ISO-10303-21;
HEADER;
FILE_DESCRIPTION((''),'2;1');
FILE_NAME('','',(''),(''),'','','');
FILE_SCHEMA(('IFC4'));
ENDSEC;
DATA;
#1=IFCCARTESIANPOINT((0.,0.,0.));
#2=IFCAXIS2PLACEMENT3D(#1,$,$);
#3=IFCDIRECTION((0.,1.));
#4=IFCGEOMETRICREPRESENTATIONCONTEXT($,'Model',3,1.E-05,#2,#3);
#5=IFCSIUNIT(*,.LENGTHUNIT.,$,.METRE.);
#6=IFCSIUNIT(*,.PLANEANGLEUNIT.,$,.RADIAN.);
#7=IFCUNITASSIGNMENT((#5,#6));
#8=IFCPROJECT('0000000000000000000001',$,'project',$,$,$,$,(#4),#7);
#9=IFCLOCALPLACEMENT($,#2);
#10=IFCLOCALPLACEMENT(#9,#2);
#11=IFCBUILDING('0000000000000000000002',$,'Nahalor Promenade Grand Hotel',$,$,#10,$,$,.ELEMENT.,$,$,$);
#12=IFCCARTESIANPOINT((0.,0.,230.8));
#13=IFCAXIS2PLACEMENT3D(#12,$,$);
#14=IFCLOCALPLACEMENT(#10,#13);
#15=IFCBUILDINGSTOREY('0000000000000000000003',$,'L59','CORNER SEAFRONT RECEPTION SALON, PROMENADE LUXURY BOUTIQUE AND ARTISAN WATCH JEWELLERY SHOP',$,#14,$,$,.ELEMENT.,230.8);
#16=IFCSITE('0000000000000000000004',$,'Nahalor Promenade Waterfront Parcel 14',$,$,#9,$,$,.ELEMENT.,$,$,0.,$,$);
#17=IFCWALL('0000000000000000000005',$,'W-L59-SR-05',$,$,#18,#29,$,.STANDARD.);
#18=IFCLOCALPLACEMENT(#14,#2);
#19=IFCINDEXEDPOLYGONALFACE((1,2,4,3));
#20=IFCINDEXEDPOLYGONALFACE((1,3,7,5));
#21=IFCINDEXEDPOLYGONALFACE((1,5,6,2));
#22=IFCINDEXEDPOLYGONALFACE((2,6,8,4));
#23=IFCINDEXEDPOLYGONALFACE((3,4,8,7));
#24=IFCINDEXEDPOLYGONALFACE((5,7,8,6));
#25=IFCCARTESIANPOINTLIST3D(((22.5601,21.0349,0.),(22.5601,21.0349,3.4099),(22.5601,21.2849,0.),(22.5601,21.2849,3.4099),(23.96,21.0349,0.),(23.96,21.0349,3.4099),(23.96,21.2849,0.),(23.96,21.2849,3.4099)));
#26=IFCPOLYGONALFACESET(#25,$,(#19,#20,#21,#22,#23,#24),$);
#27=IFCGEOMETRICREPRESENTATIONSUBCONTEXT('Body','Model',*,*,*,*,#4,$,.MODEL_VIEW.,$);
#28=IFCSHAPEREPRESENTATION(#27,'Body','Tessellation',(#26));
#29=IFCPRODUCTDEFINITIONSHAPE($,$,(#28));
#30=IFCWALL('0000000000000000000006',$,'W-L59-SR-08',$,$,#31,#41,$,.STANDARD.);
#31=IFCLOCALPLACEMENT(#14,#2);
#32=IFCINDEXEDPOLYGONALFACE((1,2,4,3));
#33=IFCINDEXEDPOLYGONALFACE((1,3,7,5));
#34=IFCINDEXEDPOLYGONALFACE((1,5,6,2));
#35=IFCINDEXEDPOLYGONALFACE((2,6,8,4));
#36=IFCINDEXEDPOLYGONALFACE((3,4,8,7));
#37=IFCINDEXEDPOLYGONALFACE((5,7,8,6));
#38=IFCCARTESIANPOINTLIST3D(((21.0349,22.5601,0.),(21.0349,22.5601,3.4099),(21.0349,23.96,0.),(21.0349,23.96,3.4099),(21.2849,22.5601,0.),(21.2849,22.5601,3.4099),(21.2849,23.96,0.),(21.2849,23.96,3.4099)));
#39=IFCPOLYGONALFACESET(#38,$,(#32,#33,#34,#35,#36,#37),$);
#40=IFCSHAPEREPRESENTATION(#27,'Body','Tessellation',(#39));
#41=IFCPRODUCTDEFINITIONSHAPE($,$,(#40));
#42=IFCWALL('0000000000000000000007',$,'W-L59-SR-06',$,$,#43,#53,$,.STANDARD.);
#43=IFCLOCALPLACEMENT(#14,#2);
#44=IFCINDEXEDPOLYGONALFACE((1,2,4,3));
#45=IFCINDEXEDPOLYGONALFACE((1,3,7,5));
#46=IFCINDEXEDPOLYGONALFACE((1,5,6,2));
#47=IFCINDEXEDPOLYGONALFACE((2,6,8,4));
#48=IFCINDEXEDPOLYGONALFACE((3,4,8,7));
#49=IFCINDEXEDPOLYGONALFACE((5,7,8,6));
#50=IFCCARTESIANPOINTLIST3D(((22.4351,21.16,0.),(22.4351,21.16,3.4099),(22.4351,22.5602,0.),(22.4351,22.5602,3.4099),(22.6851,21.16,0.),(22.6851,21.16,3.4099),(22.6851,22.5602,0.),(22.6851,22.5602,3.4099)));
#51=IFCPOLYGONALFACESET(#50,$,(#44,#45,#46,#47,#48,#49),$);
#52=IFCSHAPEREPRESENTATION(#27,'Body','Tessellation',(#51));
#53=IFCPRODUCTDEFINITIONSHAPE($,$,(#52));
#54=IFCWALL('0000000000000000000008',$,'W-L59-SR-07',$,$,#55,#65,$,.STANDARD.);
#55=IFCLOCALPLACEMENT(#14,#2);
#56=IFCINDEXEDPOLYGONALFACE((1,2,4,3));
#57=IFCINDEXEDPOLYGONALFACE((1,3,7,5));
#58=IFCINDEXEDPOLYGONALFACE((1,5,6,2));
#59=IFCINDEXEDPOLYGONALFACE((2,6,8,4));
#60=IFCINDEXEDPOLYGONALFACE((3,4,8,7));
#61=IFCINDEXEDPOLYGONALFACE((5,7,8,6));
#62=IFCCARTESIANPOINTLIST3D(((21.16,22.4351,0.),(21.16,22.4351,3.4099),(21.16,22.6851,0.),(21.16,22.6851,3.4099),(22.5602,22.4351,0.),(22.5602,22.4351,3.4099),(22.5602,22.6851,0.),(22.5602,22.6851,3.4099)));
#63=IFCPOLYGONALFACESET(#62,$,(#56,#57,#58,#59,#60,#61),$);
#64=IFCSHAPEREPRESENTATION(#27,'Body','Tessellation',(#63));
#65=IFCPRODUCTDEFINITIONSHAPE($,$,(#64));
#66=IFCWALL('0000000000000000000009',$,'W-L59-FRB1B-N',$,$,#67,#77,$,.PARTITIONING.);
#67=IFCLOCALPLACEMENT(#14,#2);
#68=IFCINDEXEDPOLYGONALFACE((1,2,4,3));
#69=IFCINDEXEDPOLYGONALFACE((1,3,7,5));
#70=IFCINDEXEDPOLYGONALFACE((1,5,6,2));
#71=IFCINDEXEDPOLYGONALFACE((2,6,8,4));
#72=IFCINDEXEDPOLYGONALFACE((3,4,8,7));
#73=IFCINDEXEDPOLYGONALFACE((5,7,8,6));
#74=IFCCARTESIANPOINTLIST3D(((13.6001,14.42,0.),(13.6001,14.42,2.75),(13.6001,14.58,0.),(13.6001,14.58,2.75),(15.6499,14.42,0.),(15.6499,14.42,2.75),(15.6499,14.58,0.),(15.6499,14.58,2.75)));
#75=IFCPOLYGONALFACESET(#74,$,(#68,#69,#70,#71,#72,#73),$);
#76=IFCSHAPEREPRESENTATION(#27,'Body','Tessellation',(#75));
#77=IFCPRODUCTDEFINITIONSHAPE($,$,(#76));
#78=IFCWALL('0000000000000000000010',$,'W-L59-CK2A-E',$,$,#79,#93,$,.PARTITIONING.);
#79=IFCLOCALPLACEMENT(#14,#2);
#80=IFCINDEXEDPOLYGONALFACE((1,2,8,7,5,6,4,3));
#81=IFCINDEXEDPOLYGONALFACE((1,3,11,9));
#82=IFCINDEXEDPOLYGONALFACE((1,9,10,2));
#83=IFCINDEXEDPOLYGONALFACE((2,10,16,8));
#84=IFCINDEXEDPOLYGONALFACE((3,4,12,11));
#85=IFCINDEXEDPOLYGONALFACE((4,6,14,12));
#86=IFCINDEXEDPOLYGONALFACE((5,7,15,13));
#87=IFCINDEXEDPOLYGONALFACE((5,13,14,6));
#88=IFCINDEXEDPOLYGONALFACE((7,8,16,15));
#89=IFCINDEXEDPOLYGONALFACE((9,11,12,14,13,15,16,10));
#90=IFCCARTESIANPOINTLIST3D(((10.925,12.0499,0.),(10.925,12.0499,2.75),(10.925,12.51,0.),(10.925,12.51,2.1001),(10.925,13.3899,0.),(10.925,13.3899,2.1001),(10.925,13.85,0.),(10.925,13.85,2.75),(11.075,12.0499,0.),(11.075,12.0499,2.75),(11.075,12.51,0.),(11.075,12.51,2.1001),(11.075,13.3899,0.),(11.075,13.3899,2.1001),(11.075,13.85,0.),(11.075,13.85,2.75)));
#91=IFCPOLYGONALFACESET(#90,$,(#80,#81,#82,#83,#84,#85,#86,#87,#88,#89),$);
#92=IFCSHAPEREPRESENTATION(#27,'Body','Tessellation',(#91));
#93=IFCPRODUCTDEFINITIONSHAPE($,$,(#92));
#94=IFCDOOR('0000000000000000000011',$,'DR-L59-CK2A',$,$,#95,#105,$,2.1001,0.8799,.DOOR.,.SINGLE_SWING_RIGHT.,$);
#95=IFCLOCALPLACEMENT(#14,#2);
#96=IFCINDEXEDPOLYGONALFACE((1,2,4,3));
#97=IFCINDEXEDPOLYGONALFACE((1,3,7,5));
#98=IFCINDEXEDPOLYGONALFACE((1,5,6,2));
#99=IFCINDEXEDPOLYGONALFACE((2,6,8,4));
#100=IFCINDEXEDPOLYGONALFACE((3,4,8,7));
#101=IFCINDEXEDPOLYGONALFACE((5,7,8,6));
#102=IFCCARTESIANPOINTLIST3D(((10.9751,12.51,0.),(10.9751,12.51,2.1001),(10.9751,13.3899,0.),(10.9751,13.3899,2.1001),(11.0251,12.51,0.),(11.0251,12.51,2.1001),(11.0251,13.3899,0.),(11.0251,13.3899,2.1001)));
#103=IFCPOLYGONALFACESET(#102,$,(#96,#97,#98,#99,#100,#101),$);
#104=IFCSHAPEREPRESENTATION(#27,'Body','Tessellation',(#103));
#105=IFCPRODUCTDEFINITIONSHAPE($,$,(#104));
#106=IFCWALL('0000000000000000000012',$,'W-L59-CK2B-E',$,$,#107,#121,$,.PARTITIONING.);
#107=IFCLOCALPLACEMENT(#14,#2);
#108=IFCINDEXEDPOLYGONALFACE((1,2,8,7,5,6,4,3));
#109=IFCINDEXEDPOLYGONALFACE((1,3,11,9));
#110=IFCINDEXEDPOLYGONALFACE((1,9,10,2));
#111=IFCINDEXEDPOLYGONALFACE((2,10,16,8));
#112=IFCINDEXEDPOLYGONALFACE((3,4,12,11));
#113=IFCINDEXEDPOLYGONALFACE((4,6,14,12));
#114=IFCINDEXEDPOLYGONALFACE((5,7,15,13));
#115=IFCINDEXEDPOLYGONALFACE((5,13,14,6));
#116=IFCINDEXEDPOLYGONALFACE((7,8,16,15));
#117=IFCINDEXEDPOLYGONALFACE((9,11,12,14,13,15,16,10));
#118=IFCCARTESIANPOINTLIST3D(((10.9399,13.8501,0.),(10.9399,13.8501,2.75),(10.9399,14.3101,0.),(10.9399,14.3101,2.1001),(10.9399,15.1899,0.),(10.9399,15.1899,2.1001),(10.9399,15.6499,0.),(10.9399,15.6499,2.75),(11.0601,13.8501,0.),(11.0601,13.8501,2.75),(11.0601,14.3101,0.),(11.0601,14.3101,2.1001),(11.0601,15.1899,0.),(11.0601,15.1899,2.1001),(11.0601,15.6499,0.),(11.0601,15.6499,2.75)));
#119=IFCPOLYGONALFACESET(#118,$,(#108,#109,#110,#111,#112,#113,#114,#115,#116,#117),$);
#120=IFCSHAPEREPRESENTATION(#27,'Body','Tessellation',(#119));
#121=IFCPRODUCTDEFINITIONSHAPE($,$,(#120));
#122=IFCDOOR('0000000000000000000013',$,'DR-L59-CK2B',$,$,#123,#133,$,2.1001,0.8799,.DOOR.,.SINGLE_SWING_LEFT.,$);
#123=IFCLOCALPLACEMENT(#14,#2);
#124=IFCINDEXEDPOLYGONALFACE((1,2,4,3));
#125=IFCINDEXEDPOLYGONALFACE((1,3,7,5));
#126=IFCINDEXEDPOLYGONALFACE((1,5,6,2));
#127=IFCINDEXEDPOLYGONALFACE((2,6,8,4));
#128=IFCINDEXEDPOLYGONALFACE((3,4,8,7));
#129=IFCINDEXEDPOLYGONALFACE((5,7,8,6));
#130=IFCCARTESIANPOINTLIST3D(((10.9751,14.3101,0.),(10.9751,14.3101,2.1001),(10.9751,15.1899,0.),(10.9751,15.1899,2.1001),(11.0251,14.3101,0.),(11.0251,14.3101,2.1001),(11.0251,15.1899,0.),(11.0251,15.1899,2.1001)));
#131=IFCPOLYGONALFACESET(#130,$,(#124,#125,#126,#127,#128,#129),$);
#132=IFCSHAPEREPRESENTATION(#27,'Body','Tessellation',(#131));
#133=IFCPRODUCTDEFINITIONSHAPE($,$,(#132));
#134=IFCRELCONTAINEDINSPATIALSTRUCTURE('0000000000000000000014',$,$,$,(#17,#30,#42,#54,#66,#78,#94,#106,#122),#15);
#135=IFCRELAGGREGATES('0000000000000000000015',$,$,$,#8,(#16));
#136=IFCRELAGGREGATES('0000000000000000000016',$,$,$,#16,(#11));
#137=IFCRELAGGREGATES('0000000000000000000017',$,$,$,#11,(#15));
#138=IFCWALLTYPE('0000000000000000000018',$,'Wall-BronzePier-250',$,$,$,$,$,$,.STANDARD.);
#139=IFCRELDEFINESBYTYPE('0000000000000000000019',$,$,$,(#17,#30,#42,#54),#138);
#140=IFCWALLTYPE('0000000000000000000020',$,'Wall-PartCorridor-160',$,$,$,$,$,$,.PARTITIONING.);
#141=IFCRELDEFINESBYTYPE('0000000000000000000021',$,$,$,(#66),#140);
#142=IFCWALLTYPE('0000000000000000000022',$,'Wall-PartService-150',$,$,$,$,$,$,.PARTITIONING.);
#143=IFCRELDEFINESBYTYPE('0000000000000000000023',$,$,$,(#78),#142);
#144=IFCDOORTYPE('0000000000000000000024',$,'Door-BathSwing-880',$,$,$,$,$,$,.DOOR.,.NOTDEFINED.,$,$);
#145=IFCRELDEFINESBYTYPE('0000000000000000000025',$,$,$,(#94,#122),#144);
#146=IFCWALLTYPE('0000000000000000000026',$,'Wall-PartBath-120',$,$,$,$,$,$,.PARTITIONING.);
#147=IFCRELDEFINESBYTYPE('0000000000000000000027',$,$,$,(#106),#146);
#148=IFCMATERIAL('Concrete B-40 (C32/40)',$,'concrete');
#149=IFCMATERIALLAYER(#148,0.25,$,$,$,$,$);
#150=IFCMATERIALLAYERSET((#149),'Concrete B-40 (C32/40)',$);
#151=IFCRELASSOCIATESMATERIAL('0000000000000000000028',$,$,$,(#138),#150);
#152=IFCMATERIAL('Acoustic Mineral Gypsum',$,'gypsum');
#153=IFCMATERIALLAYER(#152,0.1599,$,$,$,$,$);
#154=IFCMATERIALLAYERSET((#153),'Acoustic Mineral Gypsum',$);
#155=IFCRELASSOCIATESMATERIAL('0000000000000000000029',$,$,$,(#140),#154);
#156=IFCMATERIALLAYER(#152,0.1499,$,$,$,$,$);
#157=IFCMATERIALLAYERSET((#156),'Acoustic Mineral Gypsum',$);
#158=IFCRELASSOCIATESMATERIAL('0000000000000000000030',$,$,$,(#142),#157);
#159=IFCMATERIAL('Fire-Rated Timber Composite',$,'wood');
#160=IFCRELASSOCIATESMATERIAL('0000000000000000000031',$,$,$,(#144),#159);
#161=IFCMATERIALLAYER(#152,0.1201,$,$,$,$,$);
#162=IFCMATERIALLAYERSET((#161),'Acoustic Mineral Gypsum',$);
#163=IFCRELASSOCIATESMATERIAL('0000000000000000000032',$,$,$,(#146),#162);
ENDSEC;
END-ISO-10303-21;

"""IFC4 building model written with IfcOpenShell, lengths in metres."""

from ifc_helpers import new_model, si_unit, direction, frame, frame_2d, origin, place, context, subcontext, project, spatial, rectangle, extrude, source, transform, mapped, material, layer, layer_set, type_object, element, fill, save


model = new_model("IFC4")

# Units and contexts
model_context = context("Model", 3, precision=1e-05, world=origin(), true_north=direction((0.0, 1.0)))
body_context = subcontext(model_context, "Body", "Model", "MODEL_VIEW")
ifc_project = project(units=[si_unit("LENGTHUNIT", "METRE"), si_unit("PLANEANGLEUNIT", "RADIAN")], contexts=[model_context])

# Site, building, storey
site_placement = place(None, origin())
site = spatial("IfcSite", under=ifc_project, at=site_placement, Name="Nahalor Promenade Waterfront Parcel 14", CompositionType="ELEMENT", RefElevation=0.0)
building_placement = place(site_placement, origin())
building = spatial("IfcBuilding", under=site, at=building_placement, Name="Nahalor Promenade Grand Hotel", CompositionType="ELEMENT")
storey_placement = place(building_placement, frame((0.0, 0.0, 230.8)))
storey = spatial("IfcBuildingStorey", under=building, at=storey_placement, Name="L59", Description="CORNER SEAFRONT RECEPTION SALON, PROMENADE LUXURY BOUTIQUE AND ARTISAN WATCH JEWELLERY SHOP", CompositionType="ELEMENT", Elevation=230.8)

# Walls
ifc_material_1 = material(Name="Concrete B-40 (C32/40)", Category="concrete")
ifc_layer_1 = layer(ifc_material_1, 0.25)
ifc_layer_set_1 = layer_set([ifc_layer_1], Name="Concrete B-40 (C32/40)")
wall_type_1 = type_object("IfcWallType", Name="Wall-BronzePier-250", PredefinedType="STANDARD", material=ifc_layer_set_1)
shared_shape_1 = source(origin(), body_context, "Body", "SweptSolid", [
    extrude(rectangle(XDim=1.3999, YDim=0.25, at=frame_2d((0.7, 0.0))), origin(), (0.0, 0.0, 1.0), 3.4099),
])
for number, where, z_axis, x_axis, name in (
    (1, (22.5601, 21.1599, 0.0), (0.0, 0.0, 1.0), (1.0, 0.0, 0.0), "W-L59-SR-05"),
    (2, (21.1599, 22.5601, 0.0), (0.0, 0.0, 1.0), (0.0, 1.0, 0.0), "W-L59-SR-08"),
):
    element("IfcWall", number, at=place(storey_placement, frame(where, z_axis=z_axis, x_axis=x_axis)), inside=storey, type_object=wall_type_1, Name=name, PredefinedType="STANDARD", context=body_context, shape_type="MappedRepresentation", body=[
        mapped(shared_shape_1, transform((0.0, 0.0, 0.0), scale=1.0)),
    ])
shared_shape_2 = source(origin(), body_context, "Body", "SweptSolid", [
    extrude(rectangle(XDim=1.4001, YDim=0.25, at=frame_2d((0.7002, 0.0))), origin(), (0.0, 0.0, 1.0), 3.4099),
])
for number, where, z_axis, x_axis, name in (
    (3, (22.5601, 21.1599, 0.0), (0.0, 0.0, 1.0), (0.0, 1.0, 0.0), "W-L59-SR-06"),
    (4, (21.1599, 22.5601, 0.0), (0.0, 0.0, 1.0), (1.0, 0.0, 0.0), "W-L59-SR-07"),
):
    element("IfcWall", number, at=place(storey_placement, frame(where, z_axis=z_axis, x_axis=x_axis)), inside=storey, type_object=wall_type_1, Name=name, PredefinedType="STANDARD", context=body_context, shape_type="MappedRepresentation", body=[
        mapped(shared_shape_2, transform((0.0, 0.0, 0.0), scale=1.0)),
    ])
ifc_material_2 = material(Name="Acoustic Mineral Gypsum", Category="gypsum")
ifc_layer_2 = layer(ifc_material_2, 0.1599)
ifc_layer_set_2 = layer_set([ifc_layer_2], Name="Acoustic Mineral Gypsum")
wall_type_2 = type_object("IfcWallType", Name="Wall-PartCorridor-160", PredefinedType="PARTITIONING", material=ifc_layer_set_2)
shared_shape_3 = source(origin(), body_context, "Body", "SweptSolid", [
    extrude(rectangle(XDim=2.0498, YDim=0.1599, at=frame_2d((1.0249, 0.0))), origin(), (0.0, 0.0, 1.0), 2.75),
])
wall_1_placement = place(storey_placement, frame((13.6001, 14.5, 0.0), z_axis=(0.0, 0.0, 1.0), x_axis=(1.0, 0.0, 0.0)))
element("IfcWall", 5, at=wall_1_placement, inside=storey, type_object=wall_type_2, Name="W-L59-FRB1B-N", PredefinedType="PARTITIONING", context=body_context, shape_type="MappedRepresentation", body=[
    mapped(shared_shape_3, transform((0.0, 0.0, 0.0), scale=1.0)),
])

# Walls, openings, doors
ifc_layer_3 = layer(ifc_material_2, 0.1499)
ifc_layer_set_3 = layer_set([ifc_layer_3], Name="Acoustic Mineral Gypsum")
wall_type_3 = type_object("IfcWallType", Name="Wall-PartService-150", PredefinedType="PARTITIONING", material=ifc_layer_set_3)
shared_shape_4 = source(origin(), body_context, "Body", "SweptSolid", [
    extrude(rectangle(XDim=1.8, YDim=0.1499, at=frame_2d((0.8999, 0.0))), origin(), (0.0, 0.0, 1.0), 2.75),
])
wall_2_placement = place(storey_placement, frame((11.0, 12.05, 0.0), z_axis=(0.0, 0.0, 1.0), x_axis=(0.0, 1.0, 0.0)))
wall_2 = element("IfcWall", 6, at=wall_2_placement, inside=storey, type_object=wall_type_3, Name="W-L59-CK2A-E", PredefinedType="PARTITIONING", context=body_context, shape_type="MappedRepresentation", body=[
    mapped(shared_shape_4, transform((0.0, 0.0, 0.0), scale=1.0)),
])
opening_1_placement = place(wall_2_placement, frame((0.46, 0.0, 0.0)))
opening_1 = element("IfcOpeningElement", 7, at=opening_1_placement, cuts=wall_2, PredefinedType="OPENING", context=body_context, shape_type="SweptSolid", body=[
    extrude(rectangle(XDim=0.8799, YDim=2.1001, at=frame_2d((0.4399, 1.05))), frame((0.0, 0.085, 0.0), z_axis=(0.0, -1.0, 0.0), x_axis=(1.0, 0.0, 0.0)), (0.0, 0.0, 1.0), 0.1699),
])
ifc_material_3 = material(Name="Fire-Rated Timber Composite", Category="wood")
door_type_1 = type_object("IfcDoorType", Name="Door-BathSwing-880", OperationType="NOTDEFINED", PredefinedType="DOOR", material=ifc_material_3)
shared_shape_5 = source(origin(), body_context, "Body", "SweptSolid", [
    extrude(rectangle(XDim=0.8799, YDim=2.1001, at=frame_2d((0.4399, 1.05))), frame((0.0, 0.0249, 0.0), z_axis=(0.0, -1.0, 0.0), x_axis=(1.0, 0.0, 0.0)), (0.0, 0.0, 1.0), 0.05),
])
door_1_placement = place(opening_1_placement, origin())
door_1 = element("IfcDoor", 8, at=door_1_placement, inside=storey, type_object=door_type_1, Name="DR-L59-CK2A", OperationType="SINGLE_SWING_RIGHT", OverallHeight=2.1001, OverallWidth=0.8799, PredefinedType="DOOR", context=body_context, shape_type="MappedRepresentation", body=[
    mapped(shared_shape_5, transform((0.0, 0.0, 0.0), scale=1.0)),
])
fill(opening_1, door_1)
ifc_layer_4 = layer(ifc_material_2, 0.1201)
ifc_layer_set_4 = layer_set([ifc_layer_4], Name="Acoustic Mineral Gypsum")
wall_type_4 = type_object("IfcWallType", Name="Wall-PartBath-120", PredefinedType="PARTITIONING", material=ifc_layer_set_4)
shared_shape_6 = source(origin(), body_context, "Body", "SweptSolid", [
    extrude(rectangle(XDim=1.7998, YDim=0.1201, at=frame_2d((0.8999, 0.0))), origin(), (0.0, 0.0, 1.0), 2.75),
])
wall_3_placement = place(storey_placement, frame((11.0, 13.8501, 0.0), z_axis=(0.0, 0.0, 1.0), x_axis=(0.0, 1.0, 0.0)))
wall_3 = element("IfcWall", 9, at=wall_3_placement, inside=storey, type_object=wall_type_4, Name="W-L59-CK2B-E", PredefinedType="PARTITIONING", context=body_context, shape_type="MappedRepresentation", body=[
    mapped(shared_shape_6, transform((0.0, 0.0, 0.0), scale=1.0)),
])
opening_2_placement = place(wall_3_placement, frame((0.46, 0.0, 0.0)))
opening_2 = element("IfcOpeningElement", 10, at=opening_2_placement, cuts=wall_3, PredefinedType="OPENING", context=body_context, shape_type="SweptSolid", body=[
    extrude(rectangle(XDim=0.8799, YDim=2.1001, at=frame_2d((0.4399, 1.05))), frame((0.0, 0.0701, 0.0), z_axis=(0.0, -1.0, 0.0), x_axis=(1.0, 0.0, 0.0)), (0.0, 0.0, 1.0), 0.1401),
])
door_2_placement = place(opening_2_placement, origin())
door_2 = element("IfcDoor", 11, at=door_2_placement, inside=storey, type_object=door_type_1, Name="DR-L59-CK2B", OperationType="SINGLE_SWING_LEFT", OverallHeight=2.1001, OverallWidth=0.8799, PredefinedType="DOOR", context=body_context, shape_type="MappedRepresentation", body=[
    mapped(shared_shape_5, transform((0.0, 0.0, 0.0), scale=1.0)),
])
fill(opening_2, door_2)

save(model, "model.ifc")
